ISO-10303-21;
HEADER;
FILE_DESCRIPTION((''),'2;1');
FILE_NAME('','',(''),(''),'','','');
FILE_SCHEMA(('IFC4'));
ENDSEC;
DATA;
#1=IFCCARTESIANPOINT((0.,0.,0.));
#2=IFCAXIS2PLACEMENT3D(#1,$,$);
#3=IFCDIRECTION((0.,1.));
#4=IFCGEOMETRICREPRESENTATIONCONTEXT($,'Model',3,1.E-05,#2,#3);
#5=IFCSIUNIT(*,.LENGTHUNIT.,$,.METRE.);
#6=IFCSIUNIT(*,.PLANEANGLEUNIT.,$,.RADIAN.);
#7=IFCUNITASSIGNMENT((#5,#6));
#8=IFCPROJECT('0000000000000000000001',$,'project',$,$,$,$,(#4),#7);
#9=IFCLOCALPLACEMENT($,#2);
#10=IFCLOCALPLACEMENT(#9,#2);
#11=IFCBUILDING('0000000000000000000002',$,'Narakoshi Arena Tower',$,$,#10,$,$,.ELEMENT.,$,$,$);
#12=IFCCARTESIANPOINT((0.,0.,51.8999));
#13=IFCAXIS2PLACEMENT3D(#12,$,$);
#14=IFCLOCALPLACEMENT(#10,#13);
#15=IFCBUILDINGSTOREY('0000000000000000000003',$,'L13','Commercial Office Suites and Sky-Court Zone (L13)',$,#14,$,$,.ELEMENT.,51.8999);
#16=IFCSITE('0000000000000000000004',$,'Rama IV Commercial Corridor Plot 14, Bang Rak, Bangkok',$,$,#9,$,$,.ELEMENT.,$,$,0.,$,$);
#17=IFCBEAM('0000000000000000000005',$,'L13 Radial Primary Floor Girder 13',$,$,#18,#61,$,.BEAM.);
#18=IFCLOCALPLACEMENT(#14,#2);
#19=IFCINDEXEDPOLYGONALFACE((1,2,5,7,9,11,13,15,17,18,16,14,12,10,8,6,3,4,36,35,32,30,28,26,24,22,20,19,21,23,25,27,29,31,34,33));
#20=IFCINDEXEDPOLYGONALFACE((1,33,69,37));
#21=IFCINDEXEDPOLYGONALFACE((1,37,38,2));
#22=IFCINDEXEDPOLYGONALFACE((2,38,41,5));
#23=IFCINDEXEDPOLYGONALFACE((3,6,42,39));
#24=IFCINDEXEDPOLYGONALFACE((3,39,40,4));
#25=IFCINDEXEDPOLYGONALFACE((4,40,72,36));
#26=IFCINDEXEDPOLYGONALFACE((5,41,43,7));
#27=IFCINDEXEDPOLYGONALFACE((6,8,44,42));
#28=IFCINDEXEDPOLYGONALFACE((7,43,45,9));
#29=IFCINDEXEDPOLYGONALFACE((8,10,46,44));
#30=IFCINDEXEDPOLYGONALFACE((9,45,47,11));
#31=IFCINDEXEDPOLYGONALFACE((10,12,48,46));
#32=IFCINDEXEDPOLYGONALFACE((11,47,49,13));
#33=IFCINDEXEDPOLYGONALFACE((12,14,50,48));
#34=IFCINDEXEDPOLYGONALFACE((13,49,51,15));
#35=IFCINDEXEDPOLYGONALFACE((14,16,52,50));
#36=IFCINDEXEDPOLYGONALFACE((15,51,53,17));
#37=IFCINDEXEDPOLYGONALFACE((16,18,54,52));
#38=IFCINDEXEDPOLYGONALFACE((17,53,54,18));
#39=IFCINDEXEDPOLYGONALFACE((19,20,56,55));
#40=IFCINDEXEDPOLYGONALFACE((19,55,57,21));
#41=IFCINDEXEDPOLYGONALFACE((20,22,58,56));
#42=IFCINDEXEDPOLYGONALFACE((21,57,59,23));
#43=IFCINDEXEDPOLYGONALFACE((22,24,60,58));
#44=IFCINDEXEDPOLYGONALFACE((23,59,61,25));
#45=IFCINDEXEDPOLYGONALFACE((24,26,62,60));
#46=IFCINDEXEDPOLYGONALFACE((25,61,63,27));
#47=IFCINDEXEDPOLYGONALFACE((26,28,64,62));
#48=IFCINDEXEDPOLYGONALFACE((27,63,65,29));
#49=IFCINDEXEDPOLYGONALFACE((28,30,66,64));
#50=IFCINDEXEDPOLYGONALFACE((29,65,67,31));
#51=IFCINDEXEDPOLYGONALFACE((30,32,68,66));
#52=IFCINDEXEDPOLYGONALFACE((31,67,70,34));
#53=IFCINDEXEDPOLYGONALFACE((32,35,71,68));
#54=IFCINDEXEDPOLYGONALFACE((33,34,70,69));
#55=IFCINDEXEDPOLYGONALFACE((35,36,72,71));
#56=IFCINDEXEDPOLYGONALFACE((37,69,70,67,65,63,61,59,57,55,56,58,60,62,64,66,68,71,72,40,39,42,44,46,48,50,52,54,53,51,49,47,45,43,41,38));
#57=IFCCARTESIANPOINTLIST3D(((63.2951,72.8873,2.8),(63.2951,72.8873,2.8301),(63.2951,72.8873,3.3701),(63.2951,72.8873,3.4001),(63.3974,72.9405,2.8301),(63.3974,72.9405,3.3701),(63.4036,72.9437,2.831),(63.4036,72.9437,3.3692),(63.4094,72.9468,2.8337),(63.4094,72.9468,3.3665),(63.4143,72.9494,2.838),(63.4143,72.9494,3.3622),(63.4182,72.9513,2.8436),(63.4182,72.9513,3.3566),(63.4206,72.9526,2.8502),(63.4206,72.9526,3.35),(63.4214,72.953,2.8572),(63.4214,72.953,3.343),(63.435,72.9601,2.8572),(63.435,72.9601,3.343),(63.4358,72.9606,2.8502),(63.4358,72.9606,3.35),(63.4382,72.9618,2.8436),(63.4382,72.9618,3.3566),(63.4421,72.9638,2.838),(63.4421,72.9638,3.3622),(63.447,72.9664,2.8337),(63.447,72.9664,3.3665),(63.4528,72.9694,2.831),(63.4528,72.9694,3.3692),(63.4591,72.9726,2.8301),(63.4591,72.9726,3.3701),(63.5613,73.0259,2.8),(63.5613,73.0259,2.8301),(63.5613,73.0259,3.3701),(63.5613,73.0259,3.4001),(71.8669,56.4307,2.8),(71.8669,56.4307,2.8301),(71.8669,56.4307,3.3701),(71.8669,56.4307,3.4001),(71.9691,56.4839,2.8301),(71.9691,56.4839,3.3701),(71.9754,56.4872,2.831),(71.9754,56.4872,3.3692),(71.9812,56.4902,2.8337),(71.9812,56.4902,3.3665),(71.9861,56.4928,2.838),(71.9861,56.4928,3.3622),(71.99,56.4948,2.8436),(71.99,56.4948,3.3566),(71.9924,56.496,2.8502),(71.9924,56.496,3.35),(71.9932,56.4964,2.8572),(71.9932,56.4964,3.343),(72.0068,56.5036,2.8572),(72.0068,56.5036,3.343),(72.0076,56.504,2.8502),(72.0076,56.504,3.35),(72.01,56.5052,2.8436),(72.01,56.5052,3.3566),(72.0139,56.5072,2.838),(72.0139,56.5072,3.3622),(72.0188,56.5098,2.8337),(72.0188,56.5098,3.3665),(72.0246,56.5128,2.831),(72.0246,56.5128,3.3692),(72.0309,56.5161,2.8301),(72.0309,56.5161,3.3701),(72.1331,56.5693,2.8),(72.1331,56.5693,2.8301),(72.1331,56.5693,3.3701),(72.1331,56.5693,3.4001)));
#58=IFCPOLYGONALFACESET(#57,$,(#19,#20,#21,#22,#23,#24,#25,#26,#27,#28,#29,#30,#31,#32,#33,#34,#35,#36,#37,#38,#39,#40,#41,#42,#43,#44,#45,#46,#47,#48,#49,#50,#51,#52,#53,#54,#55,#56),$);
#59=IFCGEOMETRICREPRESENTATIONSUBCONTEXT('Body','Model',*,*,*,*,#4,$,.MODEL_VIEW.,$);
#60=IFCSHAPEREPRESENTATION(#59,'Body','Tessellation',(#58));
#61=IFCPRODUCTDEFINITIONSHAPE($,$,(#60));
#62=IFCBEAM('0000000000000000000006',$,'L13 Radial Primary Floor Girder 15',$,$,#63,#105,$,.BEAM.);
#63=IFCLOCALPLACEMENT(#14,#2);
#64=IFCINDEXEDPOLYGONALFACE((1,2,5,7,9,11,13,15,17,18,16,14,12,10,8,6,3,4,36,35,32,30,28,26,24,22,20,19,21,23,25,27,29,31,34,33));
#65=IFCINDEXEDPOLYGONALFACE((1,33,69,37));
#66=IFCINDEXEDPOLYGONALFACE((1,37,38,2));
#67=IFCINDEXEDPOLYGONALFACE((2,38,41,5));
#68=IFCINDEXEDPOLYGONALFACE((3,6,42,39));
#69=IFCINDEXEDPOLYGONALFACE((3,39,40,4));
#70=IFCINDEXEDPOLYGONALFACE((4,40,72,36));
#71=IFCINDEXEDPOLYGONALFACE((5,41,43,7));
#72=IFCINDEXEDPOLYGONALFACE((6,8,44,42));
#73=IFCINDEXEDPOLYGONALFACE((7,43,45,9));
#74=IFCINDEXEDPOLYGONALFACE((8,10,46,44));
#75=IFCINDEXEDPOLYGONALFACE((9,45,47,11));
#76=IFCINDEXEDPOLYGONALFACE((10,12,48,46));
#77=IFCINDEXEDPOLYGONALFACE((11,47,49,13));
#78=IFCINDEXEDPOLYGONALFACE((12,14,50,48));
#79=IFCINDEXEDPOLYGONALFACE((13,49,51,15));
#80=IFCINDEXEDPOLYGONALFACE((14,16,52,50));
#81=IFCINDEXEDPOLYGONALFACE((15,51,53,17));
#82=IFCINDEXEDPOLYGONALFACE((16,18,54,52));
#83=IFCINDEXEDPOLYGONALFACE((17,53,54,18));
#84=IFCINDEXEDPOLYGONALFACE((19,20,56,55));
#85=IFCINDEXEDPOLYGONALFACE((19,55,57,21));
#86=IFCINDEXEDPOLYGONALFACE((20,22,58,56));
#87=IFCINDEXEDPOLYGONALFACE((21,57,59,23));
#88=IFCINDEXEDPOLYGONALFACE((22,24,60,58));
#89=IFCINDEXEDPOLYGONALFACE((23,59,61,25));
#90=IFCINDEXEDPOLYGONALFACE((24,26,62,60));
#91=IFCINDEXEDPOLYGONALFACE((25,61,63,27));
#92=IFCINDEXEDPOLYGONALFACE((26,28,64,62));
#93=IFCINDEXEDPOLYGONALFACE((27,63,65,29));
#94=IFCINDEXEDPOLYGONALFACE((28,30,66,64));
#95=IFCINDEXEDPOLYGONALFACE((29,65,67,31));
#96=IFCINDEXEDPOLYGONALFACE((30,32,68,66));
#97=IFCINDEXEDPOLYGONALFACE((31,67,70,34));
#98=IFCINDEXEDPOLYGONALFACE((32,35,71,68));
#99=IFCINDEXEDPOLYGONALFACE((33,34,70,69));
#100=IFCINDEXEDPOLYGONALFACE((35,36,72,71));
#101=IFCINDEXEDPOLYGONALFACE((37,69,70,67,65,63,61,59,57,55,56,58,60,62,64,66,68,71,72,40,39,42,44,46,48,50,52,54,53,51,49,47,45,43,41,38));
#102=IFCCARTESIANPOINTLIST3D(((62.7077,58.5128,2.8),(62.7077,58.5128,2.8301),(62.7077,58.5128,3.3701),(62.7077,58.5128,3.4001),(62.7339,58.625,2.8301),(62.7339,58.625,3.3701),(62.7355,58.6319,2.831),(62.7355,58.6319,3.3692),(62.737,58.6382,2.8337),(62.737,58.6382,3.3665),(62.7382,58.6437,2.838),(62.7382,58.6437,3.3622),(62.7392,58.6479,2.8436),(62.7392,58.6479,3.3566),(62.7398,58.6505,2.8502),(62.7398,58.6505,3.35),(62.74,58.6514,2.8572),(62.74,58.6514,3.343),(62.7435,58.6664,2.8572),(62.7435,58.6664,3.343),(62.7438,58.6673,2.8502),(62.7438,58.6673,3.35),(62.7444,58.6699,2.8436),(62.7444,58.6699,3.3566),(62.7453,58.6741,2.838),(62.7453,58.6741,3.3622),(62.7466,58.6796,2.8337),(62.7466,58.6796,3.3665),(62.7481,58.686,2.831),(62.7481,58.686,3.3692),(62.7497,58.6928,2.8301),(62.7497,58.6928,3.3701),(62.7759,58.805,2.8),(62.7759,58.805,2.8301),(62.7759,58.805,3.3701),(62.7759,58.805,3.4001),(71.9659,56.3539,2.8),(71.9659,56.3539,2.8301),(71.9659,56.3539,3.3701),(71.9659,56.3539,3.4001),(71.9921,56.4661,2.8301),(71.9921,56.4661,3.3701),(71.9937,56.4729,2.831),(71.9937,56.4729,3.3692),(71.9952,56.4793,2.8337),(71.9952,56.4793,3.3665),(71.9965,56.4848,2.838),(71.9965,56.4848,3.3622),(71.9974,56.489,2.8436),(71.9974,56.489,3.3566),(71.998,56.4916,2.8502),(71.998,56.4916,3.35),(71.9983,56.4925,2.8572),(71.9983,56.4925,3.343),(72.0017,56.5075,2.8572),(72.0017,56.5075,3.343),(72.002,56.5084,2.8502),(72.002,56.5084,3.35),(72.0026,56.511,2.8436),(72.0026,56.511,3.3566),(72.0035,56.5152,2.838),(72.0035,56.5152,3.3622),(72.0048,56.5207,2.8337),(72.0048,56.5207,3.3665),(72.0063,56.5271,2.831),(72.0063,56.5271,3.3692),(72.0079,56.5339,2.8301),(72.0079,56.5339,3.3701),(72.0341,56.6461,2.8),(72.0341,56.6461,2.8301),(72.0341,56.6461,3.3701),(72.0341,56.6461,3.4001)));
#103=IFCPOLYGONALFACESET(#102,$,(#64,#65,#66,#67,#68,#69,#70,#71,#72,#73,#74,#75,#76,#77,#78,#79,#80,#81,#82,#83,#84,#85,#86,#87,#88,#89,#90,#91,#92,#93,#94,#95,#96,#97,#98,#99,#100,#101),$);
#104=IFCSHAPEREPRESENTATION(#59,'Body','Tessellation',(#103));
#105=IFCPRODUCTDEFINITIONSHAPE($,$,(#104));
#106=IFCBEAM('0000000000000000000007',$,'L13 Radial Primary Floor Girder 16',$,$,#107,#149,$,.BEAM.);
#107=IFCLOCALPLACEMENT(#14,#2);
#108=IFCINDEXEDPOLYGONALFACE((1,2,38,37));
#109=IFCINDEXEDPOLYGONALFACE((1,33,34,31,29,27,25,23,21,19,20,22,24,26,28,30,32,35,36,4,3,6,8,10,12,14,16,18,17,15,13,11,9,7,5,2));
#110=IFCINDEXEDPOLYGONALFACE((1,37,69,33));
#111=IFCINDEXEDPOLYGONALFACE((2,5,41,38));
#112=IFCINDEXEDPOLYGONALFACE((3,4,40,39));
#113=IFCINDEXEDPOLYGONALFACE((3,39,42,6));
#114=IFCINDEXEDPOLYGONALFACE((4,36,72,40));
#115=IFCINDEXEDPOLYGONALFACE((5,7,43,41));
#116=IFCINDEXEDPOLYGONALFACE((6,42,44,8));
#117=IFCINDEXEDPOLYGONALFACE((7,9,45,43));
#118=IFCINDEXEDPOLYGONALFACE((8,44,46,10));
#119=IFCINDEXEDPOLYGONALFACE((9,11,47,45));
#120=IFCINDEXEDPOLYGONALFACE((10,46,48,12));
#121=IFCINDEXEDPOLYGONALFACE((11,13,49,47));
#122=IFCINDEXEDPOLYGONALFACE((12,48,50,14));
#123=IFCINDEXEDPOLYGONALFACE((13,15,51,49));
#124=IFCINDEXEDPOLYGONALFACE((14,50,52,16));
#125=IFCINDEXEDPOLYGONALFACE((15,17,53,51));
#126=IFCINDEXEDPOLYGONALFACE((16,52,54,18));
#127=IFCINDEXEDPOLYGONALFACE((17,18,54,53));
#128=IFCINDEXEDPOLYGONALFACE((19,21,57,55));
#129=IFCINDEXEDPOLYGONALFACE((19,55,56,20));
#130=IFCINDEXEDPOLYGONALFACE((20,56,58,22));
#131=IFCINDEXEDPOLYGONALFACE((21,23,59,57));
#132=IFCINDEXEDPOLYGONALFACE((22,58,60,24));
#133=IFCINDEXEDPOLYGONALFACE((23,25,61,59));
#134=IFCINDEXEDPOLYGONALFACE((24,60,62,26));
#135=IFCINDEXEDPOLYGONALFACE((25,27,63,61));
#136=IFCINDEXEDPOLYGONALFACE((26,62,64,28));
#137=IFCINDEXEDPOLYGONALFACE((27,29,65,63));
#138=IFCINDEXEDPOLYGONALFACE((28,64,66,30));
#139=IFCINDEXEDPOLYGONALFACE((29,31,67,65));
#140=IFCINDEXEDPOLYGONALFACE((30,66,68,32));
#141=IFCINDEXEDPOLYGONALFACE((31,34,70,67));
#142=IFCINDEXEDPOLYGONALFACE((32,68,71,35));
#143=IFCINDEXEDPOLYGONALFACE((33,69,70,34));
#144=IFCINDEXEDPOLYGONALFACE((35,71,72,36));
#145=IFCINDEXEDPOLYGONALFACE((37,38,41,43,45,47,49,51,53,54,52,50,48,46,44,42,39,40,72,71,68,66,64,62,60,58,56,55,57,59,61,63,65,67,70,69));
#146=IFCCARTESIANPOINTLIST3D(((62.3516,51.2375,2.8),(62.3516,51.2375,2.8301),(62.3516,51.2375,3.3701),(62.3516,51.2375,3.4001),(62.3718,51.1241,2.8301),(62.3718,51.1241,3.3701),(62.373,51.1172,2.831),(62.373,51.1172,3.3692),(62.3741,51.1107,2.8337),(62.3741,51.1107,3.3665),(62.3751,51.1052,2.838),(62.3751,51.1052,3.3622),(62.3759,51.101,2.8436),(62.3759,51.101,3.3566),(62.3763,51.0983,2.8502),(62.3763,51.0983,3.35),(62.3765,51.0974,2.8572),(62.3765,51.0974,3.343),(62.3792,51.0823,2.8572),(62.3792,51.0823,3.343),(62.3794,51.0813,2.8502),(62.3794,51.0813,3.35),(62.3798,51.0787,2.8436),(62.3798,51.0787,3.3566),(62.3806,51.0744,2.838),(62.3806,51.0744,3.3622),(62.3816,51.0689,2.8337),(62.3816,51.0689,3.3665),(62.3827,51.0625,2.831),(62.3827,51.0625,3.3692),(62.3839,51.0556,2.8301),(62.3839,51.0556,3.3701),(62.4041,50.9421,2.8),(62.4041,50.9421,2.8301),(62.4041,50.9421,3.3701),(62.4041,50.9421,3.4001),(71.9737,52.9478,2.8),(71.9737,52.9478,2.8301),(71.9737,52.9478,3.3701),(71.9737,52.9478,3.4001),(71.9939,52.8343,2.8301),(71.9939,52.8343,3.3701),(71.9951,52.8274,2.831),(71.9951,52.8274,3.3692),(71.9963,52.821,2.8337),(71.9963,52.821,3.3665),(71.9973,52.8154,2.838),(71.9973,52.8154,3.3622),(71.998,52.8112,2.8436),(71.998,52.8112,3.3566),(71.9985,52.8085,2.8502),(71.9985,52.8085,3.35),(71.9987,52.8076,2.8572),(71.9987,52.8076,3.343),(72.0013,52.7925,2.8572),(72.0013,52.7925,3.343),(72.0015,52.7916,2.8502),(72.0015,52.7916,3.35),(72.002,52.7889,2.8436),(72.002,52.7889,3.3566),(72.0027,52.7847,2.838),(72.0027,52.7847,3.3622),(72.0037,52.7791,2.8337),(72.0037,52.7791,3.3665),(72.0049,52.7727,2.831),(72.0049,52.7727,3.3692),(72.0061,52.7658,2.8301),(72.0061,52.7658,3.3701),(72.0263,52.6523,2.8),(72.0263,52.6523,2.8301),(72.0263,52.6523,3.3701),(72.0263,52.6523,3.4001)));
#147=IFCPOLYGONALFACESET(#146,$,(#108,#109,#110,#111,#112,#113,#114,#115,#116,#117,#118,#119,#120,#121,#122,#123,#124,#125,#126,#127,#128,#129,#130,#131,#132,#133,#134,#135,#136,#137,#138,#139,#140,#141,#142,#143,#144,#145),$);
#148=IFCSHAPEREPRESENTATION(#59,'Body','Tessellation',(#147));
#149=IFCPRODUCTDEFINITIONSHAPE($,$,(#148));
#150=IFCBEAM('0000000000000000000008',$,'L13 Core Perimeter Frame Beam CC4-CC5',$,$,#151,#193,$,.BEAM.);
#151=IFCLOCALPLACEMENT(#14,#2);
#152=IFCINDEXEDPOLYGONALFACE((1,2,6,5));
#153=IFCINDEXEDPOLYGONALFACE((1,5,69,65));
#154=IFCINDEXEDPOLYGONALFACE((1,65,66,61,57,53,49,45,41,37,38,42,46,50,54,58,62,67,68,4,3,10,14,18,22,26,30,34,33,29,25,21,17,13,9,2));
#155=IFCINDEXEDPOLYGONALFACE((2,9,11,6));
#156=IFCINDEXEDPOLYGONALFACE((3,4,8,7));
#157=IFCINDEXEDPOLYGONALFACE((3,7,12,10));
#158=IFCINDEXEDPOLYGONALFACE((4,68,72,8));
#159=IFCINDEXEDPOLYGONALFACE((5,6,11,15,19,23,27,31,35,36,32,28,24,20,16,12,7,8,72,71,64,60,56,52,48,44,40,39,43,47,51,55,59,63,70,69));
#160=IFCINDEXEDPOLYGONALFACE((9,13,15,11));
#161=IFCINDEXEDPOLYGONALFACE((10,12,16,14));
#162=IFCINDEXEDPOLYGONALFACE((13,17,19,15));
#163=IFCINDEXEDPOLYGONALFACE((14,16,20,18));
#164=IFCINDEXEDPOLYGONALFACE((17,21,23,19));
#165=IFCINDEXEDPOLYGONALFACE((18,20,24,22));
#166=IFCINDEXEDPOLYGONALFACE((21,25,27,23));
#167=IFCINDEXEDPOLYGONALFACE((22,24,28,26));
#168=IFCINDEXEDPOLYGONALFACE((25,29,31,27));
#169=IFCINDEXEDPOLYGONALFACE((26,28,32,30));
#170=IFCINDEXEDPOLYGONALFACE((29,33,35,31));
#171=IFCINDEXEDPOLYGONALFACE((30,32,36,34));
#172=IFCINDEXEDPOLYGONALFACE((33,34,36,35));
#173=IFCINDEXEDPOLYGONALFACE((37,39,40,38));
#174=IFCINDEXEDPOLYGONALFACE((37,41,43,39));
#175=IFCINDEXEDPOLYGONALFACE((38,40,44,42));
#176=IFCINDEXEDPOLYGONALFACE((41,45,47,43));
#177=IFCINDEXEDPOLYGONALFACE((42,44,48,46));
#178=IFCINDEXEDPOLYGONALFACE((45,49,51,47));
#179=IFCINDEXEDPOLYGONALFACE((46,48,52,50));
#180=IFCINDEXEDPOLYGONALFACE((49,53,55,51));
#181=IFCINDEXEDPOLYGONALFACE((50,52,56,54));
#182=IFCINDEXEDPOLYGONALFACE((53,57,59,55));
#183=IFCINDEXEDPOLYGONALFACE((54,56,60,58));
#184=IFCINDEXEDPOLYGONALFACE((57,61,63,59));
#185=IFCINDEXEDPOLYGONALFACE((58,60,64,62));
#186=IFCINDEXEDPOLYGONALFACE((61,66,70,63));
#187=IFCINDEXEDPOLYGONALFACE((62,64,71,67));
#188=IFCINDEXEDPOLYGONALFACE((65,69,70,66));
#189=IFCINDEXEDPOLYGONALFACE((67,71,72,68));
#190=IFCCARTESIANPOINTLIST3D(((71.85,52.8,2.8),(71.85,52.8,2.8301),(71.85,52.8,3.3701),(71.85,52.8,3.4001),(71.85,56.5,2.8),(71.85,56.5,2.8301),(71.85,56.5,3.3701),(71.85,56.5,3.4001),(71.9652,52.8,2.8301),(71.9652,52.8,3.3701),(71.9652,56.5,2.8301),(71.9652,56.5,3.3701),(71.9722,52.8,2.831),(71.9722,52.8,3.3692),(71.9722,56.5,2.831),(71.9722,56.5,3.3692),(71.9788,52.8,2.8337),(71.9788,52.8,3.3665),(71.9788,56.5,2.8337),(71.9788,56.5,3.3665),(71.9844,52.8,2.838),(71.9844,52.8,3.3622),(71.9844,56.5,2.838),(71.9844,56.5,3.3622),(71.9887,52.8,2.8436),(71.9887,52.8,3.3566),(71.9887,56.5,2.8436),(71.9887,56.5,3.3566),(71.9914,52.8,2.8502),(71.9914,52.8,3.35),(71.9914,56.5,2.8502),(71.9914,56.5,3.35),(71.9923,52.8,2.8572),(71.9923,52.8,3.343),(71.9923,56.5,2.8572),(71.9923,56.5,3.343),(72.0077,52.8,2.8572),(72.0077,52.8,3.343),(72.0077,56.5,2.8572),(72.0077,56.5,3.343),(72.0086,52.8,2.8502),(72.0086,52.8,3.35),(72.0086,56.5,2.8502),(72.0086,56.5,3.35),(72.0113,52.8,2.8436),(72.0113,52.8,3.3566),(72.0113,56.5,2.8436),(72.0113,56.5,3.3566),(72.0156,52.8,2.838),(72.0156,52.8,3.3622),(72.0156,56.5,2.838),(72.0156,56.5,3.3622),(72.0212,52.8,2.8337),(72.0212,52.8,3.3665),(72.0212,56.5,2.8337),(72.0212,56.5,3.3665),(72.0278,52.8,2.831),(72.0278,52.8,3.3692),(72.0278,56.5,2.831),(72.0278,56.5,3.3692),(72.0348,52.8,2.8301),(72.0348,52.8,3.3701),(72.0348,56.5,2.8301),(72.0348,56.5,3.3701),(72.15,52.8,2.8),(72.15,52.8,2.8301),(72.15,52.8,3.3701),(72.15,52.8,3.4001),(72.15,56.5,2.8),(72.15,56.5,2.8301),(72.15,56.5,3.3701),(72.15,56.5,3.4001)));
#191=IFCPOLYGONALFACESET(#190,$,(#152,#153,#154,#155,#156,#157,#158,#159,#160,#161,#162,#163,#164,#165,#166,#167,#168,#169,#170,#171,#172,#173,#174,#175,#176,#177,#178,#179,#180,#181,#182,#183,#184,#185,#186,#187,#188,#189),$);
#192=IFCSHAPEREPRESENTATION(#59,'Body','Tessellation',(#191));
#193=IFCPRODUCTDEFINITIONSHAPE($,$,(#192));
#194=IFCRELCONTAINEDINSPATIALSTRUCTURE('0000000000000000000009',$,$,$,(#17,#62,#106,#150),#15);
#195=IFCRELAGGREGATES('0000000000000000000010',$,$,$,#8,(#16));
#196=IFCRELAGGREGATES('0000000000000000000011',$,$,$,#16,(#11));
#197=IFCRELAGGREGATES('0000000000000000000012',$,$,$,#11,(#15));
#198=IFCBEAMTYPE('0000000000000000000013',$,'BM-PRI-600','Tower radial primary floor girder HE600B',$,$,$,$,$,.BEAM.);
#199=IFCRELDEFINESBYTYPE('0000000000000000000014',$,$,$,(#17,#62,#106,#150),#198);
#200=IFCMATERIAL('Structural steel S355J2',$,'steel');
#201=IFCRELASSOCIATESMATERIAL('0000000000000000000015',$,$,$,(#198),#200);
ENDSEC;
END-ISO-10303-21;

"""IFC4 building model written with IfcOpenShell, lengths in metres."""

from ifc_helpers import new_model, si_unit, direction, frame, origin, origin_2d, place, context, subcontext, project, spatial, i_section, extrude, material, material_profile, profile_set, type_object, element, save


model = new_model("IFC4")

# Units and contexts
model_context = context("Model", 3, precision=1e-05, world=origin(), true_north=direction((0.0, 1.0)))
body_context = subcontext(model_context, "Body", "Model", "MODEL_VIEW")
ifc_project = project(units=[si_unit("LENGTHUNIT", "METRE"), si_unit("PLANEANGLEUNIT", "RADIAN")], contexts=[model_context])

# Site, building, storey
site_placement = place(None, origin())
site = spatial("IfcSite", under=ifc_project, at=site_placement, Name="Rama IV Commercial Corridor Plot 14, Bang Rak, Bangkok", CompositionType="ELEMENT", RefElevation=0.0)
building_placement = place(site_placement, origin())
building = spatial("IfcBuilding", under=site, at=building_placement, Name="Narakoshi Arena Tower", CompositionType="ELEMENT")
storey_placement = place(building_placement, frame((0.0, 0.0, 51.8999)))
storey = spatial("IfcBuildingStorey", under=building, at=storey_placement, Name="L13", Description="Commercial Office Suites and Sky-Court Zone (L13)", CompositionType="ELEMENT", Elevation=51.8999)

# Beams
ifc_material_1 = material(Name="Structural steel S355J2", Category="steel")
ifc_material_profile_1 = material_profile(ifc_material_1, i_section(OverallWidth=0.3, OverallDepth=0.6001, WebThickness=0.0154, FlangeThickness=0.03, FilletRadius=0.0271, at=origin_2d()), Name="HE600B")
ifc_profile_set_1 = profile_set([ifc_material_profile_1], Name="Structural steel S355J2")
beam_type_1 = type_object("IfcBeamType", Name="BM-PRI-600", Description="Tower radial primary floor girder HE600B", PredefinedType="BEAM", material=ifc_profile_set_1)
beam_1_placement = place(storey_placement, frame((72.0, 56.5, 3.1001), z_axis=(-0.461962, 0.886899, 0.0), x_axis=(-0.886899, -0.461962, 0.0)))
element("IfcBeam", 1, at=beam_1_placement, inside=storey, type_object=beam_type_1, Name="L13 Radial Primary Floor Girder 13", PredefinedType="BEAM", context=body_context, shape_type="SweptSolid", body=[
    extrude(i_section(OverallWidth=0.3, OverallDepth=0.6001, WebThickness=0.0154, FlangeThickness=0.03, FilletRadius=0.0271, at=origin_2d()), origin(), (0.0, 0.0, 1.0), 18.5552),
])
beam_2_placement = place(storey_placement, frame((72.0, 56.5, 3.1001), z_axis=(-0.973872, 0.227096, 0.0), x_axis=(-0.227096, -0.973872, 0.0)))
element("IfcBeam", 2, at=beam_2_placement, inside=storey, type_object=beam_type_1, Name="L13 Radial Primary Floor Girder 15", PredefinedType="BEAM", context=body_context, shape_type="SweptSolid", body=[
    extrude(i_section(OverallWidth=0.3, OverallDepth=0.6001, WebThickness=0.0154, FlangeThickness=0.03, FilletRadius=0.0271, at=origin_2d()), origin(), (0.0, 0.0, 1.0), 9.5066),
])
beam_3_placement = place(storey_placement, frame((72.0, 52.8, 3.1001), z_axis=(-0.984569, -0.174995, 0.0), x_axis=(0.174995, -0.984569, 0.0)))
element("IfcBeam", 3, at=beam_3_placement, inside=storey, type_object=beam_type_1, Name="L13 Radial Primary Floor Girder 16", PredefinedType="BEAM", context=body_context, shape_type="SweptSolid", body=[
    extrude(i_section(OverallWidth=0.3, OverallDepth=0.6001, WebThickness=0.0154, FlangeThickness=0.03, FilletRadius=0.0271, at=origin_2d()), origin(), (0.0, 0.0, 1.0), 9.7729),
])
beam_4_placement = place(storey_placement, frame((72.0, 52.8, 3.1001), z_axis=(0.0, 1.0, 0.0), x_axis=(-1.0, 0.0, 0.0)))
element("IfcBeam", 4, at=beam_4_placement, inside=storey, type_object=beam_type_1, Name="L13 Core Perimeter Frame Beam CC4-CC5", PredefinedType="BEAM", context=body_context, shape_type="SweptSolid", body=[
    extrude(i_section(OverallWidth=0.3, OverallDepth=0.6001, WebThickness=0.0154, FlangeThickness=0.03, FilletRadius=0.0271, at=origin_2d()), origin(), (0.0, 0.0, 1.0), 3.7),
])

save(model, "model.ifc")
